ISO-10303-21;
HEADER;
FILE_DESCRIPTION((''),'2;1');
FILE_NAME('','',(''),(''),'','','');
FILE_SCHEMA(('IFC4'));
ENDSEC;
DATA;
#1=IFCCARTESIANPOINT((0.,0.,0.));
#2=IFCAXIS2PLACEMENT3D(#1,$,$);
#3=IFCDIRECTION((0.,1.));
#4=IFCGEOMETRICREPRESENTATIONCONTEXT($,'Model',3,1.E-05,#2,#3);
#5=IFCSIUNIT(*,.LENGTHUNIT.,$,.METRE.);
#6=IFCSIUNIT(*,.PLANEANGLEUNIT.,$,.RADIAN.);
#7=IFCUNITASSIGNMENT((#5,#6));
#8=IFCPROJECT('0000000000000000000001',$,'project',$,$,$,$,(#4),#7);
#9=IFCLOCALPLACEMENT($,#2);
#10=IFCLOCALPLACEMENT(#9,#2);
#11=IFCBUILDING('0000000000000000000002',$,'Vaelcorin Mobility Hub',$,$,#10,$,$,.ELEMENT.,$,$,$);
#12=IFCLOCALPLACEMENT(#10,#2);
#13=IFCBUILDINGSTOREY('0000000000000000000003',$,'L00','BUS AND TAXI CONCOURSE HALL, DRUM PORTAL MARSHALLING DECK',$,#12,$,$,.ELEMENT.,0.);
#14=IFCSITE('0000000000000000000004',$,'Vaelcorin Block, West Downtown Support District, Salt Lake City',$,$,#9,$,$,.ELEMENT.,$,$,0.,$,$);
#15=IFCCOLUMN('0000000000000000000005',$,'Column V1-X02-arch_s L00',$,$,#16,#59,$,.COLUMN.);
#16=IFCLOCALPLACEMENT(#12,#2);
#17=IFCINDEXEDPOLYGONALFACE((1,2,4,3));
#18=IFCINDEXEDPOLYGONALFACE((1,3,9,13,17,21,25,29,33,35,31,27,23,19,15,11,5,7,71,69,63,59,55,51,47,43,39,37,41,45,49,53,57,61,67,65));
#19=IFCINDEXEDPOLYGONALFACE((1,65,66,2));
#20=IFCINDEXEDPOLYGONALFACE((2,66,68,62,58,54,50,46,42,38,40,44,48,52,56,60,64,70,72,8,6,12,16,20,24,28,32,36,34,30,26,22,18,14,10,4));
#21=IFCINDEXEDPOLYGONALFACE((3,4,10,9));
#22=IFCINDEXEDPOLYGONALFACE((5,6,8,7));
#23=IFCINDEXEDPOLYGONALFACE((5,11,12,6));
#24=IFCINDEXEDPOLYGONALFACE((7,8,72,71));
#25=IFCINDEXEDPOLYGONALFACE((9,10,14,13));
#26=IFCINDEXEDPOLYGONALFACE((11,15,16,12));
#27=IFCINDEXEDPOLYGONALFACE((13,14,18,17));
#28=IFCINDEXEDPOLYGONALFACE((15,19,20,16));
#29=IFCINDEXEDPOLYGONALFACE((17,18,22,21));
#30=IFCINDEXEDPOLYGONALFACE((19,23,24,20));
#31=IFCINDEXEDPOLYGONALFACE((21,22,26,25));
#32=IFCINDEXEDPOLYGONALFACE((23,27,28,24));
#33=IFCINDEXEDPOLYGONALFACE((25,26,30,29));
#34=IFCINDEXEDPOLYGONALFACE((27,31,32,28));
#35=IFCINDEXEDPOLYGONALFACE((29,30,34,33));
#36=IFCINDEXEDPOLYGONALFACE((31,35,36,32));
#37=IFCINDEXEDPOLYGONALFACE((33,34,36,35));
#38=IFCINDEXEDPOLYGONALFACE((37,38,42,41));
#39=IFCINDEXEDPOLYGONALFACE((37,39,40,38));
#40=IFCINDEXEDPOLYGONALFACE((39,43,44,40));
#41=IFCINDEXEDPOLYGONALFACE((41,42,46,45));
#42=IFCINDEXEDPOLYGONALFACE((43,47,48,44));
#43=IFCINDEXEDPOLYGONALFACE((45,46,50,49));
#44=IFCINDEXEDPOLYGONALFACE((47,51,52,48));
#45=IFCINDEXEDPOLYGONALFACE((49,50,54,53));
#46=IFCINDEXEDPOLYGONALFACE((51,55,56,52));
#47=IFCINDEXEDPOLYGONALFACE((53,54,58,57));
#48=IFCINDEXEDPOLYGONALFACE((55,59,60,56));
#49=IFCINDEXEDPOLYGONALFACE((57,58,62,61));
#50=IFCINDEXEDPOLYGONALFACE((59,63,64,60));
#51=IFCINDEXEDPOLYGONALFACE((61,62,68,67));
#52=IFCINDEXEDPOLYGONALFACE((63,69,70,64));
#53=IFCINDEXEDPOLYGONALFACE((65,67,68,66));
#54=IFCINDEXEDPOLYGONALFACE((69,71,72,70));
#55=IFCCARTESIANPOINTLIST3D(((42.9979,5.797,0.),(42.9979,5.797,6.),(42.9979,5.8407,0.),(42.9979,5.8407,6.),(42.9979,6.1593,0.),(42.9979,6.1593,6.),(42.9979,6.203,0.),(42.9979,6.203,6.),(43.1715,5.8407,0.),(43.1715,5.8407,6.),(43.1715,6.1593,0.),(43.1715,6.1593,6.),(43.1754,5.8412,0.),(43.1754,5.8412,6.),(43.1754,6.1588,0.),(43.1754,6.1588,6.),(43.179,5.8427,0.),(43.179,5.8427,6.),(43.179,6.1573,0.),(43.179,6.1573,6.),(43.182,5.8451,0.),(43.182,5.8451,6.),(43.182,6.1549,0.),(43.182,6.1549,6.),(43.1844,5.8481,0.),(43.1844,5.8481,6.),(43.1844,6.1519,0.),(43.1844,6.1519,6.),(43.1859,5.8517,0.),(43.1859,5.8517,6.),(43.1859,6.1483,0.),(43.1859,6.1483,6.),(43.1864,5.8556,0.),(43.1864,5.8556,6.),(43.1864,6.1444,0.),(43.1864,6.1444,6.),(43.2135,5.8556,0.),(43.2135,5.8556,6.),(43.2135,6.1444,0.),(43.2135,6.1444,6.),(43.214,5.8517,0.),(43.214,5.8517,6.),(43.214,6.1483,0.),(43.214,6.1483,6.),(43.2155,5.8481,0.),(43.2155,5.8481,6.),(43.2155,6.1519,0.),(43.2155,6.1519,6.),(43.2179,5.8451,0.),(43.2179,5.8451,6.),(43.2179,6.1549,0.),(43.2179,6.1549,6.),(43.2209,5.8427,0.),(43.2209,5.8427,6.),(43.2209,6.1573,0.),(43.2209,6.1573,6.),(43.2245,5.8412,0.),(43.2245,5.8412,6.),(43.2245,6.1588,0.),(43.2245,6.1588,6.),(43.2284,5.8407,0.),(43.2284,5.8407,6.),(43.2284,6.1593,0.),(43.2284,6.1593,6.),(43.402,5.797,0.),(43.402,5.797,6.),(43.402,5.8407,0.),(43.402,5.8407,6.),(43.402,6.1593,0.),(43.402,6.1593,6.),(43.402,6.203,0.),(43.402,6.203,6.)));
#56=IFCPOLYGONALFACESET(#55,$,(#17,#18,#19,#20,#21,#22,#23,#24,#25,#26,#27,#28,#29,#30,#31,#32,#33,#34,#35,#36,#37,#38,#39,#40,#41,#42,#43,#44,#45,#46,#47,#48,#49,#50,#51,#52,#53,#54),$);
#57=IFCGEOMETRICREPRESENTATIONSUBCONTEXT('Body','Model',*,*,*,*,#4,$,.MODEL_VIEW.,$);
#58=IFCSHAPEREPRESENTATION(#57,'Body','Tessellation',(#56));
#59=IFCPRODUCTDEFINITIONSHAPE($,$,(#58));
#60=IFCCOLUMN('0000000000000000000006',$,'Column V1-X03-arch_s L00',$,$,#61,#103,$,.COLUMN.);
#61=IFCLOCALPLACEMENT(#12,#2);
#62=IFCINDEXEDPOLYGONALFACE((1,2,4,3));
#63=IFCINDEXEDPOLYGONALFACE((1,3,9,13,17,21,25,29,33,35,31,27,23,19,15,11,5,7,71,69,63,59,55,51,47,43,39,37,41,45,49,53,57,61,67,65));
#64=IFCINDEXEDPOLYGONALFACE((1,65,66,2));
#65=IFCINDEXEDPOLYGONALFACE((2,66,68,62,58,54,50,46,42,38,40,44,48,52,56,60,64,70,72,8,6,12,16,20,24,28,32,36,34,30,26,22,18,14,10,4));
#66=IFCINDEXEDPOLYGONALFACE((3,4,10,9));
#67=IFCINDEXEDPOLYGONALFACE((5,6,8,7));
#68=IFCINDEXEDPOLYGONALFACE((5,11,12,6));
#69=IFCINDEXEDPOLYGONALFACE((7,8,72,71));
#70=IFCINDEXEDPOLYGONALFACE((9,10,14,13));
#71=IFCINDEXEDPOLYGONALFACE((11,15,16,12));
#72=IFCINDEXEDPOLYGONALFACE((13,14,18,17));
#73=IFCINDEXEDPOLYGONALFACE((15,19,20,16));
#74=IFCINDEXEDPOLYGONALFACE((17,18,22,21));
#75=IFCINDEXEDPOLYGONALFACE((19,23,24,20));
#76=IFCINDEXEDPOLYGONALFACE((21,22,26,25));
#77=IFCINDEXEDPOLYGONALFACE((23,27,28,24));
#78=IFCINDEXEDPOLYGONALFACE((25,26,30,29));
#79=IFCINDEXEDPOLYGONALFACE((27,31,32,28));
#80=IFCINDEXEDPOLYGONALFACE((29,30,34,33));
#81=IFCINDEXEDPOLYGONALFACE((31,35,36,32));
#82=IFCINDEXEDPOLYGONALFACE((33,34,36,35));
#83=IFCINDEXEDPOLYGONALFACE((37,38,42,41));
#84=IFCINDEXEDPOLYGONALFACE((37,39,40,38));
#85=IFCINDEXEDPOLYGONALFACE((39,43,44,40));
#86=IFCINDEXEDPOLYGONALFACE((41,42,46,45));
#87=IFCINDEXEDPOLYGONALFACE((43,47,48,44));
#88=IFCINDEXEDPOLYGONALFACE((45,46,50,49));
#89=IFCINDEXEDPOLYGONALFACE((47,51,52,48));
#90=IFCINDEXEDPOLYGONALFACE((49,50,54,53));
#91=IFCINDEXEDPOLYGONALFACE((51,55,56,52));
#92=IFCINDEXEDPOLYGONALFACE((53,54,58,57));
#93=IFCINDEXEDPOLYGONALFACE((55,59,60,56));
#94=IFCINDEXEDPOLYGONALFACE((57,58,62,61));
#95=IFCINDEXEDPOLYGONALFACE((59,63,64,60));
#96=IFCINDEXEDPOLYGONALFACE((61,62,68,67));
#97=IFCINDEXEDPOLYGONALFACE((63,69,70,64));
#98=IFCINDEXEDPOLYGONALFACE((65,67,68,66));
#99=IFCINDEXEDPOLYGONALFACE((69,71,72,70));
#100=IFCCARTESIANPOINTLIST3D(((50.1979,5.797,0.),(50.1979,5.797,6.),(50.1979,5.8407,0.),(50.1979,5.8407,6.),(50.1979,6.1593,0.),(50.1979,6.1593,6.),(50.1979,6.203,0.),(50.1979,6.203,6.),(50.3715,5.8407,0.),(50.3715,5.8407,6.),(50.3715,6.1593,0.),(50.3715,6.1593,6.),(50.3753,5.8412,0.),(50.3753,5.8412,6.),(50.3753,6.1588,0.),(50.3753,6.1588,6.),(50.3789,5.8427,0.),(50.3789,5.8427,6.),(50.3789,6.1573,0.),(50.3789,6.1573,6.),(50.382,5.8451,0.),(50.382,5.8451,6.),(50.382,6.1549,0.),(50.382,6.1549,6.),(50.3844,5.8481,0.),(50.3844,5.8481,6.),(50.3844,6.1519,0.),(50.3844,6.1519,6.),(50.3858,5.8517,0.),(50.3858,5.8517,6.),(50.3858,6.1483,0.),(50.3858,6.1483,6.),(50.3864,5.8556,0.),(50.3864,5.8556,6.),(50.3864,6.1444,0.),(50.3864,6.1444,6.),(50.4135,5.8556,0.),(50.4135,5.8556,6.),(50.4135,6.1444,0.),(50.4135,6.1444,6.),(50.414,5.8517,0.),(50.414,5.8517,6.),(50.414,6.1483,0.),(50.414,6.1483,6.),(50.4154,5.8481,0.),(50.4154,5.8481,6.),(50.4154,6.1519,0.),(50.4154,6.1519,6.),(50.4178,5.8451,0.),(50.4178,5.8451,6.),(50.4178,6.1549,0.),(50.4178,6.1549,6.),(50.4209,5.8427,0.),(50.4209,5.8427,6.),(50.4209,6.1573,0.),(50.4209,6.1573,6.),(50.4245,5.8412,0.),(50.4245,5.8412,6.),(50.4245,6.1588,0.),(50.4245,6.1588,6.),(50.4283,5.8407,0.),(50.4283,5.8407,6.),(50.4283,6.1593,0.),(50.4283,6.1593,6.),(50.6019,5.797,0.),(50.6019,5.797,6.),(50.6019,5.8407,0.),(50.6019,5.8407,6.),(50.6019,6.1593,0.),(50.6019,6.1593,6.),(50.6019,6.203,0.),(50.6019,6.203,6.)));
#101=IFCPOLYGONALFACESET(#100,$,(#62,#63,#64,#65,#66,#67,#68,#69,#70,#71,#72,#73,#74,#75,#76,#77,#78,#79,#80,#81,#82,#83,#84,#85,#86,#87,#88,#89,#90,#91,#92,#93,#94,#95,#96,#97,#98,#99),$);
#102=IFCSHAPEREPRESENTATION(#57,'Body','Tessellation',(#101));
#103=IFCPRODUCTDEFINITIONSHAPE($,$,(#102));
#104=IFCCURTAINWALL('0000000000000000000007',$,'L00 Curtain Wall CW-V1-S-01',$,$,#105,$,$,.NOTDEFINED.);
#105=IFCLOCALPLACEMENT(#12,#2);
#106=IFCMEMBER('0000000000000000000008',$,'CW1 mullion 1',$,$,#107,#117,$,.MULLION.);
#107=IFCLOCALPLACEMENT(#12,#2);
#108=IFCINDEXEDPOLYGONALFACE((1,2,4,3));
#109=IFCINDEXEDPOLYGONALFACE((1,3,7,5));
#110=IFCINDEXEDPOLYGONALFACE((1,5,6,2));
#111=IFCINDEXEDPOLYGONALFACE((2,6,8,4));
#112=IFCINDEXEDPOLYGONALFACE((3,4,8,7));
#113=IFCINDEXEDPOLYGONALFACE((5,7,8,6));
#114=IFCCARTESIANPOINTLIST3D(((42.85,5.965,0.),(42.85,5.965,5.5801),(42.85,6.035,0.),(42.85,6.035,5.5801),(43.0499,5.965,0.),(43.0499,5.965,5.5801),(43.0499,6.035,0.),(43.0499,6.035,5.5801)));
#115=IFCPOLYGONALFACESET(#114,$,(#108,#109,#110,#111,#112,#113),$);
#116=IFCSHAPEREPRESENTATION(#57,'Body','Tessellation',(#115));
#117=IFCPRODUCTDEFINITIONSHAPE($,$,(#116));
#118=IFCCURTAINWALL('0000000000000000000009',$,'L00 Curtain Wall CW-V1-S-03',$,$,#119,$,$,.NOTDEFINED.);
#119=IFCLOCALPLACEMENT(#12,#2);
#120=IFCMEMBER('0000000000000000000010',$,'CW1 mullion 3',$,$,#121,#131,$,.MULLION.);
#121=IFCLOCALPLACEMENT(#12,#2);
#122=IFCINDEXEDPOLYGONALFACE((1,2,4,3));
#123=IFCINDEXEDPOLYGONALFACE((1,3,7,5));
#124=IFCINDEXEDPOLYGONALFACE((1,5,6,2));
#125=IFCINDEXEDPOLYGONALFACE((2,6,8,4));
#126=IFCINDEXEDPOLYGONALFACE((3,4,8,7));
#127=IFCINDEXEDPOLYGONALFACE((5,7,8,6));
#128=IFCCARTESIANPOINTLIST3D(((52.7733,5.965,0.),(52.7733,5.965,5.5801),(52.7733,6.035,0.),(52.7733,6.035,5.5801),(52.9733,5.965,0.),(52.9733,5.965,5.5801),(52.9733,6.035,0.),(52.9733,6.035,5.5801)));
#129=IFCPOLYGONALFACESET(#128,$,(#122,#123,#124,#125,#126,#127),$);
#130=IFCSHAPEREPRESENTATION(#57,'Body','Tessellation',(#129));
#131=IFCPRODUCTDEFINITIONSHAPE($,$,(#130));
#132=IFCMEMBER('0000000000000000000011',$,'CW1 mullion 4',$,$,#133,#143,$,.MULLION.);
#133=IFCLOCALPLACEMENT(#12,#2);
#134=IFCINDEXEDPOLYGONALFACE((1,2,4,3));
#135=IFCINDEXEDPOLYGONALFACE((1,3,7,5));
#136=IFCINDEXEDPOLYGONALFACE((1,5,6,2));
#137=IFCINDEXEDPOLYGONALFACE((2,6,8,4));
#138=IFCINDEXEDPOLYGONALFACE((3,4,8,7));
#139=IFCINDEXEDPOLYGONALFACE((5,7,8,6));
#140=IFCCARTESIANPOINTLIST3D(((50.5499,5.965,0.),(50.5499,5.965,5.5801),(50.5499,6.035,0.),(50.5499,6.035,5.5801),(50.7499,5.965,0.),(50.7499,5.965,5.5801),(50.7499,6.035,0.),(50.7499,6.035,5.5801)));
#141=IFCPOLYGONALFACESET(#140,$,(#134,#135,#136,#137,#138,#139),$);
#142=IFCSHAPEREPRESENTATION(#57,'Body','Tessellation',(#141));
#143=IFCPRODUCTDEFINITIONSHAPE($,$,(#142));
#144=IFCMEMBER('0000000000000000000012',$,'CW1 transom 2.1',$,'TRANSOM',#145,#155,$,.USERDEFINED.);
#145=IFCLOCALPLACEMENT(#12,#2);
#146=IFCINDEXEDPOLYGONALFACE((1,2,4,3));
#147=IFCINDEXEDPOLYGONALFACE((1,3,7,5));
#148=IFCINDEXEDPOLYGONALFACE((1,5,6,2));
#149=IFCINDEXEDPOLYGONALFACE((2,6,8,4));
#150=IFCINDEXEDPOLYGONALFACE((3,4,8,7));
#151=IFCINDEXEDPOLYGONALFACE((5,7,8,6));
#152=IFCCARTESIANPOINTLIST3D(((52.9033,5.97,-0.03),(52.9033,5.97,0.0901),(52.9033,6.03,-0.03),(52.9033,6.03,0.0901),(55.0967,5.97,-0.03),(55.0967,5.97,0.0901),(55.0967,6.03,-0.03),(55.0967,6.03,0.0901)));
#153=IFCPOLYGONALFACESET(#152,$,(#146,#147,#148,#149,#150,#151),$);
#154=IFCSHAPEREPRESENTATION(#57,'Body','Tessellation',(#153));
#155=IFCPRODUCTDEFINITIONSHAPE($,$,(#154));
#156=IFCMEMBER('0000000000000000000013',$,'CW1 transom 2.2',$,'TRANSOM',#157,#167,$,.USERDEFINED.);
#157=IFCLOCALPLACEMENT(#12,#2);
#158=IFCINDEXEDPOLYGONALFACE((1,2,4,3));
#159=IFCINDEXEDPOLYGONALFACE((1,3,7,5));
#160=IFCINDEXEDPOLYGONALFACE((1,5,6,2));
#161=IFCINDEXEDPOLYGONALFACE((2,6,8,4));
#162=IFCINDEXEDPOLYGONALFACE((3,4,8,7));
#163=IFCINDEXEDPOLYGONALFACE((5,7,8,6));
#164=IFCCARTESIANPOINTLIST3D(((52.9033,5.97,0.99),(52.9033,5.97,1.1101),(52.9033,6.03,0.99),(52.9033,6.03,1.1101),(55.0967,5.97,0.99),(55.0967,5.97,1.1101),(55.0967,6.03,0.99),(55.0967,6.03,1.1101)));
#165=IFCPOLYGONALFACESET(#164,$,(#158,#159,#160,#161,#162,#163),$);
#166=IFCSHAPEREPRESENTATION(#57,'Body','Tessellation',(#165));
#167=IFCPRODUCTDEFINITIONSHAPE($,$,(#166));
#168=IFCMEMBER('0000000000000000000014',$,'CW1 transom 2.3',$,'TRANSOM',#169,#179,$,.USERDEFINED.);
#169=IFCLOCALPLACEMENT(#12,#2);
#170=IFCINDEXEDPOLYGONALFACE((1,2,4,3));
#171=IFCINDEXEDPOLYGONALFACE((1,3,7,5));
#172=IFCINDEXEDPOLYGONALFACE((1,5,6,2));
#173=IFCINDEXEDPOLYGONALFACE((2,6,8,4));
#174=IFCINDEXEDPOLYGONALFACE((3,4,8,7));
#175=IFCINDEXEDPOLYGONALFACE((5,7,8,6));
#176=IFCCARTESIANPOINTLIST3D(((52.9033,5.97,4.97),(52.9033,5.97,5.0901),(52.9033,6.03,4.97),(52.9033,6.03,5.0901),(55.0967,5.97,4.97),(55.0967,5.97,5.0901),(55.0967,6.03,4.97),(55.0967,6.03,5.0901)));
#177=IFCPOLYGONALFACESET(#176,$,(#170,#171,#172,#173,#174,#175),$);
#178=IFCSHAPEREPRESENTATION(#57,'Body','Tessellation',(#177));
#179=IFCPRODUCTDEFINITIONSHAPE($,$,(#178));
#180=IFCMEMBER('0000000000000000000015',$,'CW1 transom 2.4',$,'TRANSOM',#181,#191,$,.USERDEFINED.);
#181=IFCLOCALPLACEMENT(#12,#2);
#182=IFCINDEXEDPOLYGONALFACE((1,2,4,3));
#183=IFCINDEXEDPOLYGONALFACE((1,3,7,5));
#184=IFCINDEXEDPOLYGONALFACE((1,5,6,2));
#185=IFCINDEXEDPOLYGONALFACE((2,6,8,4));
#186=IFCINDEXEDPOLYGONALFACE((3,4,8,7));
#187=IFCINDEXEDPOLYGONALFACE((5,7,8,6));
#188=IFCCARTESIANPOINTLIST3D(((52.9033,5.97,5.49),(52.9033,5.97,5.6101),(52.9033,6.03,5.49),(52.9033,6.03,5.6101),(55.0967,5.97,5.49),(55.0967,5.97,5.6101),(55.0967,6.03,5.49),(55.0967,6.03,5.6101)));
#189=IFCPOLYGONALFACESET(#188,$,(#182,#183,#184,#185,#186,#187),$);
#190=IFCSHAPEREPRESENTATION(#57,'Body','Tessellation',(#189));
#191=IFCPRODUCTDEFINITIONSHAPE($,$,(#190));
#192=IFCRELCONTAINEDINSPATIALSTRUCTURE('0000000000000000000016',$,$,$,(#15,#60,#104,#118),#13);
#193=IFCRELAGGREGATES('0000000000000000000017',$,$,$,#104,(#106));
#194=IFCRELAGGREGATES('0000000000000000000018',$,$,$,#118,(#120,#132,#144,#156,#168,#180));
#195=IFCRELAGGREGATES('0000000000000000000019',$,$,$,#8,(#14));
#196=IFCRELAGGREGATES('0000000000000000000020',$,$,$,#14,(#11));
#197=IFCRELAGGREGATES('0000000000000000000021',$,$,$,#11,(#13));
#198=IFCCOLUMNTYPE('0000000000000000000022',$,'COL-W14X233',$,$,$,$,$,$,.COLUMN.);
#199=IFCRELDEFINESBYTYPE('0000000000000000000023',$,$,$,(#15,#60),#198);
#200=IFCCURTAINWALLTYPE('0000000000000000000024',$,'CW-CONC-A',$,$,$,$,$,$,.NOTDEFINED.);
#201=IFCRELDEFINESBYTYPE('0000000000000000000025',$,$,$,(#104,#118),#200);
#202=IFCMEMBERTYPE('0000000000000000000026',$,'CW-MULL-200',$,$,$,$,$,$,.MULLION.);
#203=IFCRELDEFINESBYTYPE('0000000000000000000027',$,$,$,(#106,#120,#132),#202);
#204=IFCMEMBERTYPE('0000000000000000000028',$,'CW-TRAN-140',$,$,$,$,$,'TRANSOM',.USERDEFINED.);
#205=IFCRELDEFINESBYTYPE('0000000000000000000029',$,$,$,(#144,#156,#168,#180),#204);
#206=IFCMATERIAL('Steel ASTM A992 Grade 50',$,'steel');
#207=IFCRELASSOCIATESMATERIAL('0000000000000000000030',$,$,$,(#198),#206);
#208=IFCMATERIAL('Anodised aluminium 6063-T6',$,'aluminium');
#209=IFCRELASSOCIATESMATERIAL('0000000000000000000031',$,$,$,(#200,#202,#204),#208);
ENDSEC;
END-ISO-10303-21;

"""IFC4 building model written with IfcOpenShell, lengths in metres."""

from ifc_helpers import new_model, si_unit, direction, frame, origin, origin_2d, place, context, subcontext, project, spatial, rectangle, i_section, extrude, material, material_profile, profile_set, type_object, element, aggregate, save


model = new_model("IFC4")

# Units and contexts
model_context = context("Model", 3, precision=1e-05, world=origin(), true_north=direction((0.0, 1.0)))
body_context = subcontext(model_context, "Body", "Model", "MODEL_VIEW")
ifc_project = project(units=[si_unit("LENGTHUNIT", "METRE"), si_unit("PLANEANGLEUNIT", "RADIAN")], contexts=[model_context])

# Site, building, storey
site_placement = place(None, origin())
site = spatial("IfcSite", under=ifc_project, at=site_placement, Name="Vaelcorin Block, West Downtown Support District, Salt Lake City", CompositionType="ELEMENT", RefElevation=0.0)
building_placement = place(site_placement, origin())
building = spatial("IfcBuilding", under=site, at=building_placement, Name="Vaelcorin Mobility Hub", CompositionType="ELEMENT")
storey_placement = place(building_placement, origin())
storey = spatial("IfcBuildingStorey", under=building, at=storey_placement, Name="L00", Description="BUS AND TAXI CONCOURSE HALL, DRUM PORTAL MARSHALLING DECK", CompositionType="ELEMENT", Elevation=0.0)

# Columns
ifc_material_1 = material(Name="Steel ASTM A992 Grade 50", Category="steel")
ifc_material_profile_1 = material_profile(ifc_material_1, i_section(OverallWidth=0.4041, OverallDepth=0.406, WebThickness=0.0271, FlangeThickness=0.0437, FilletRadius=0.0149, at=origin_2d()), Name="W14X233")
ifc_profile_set_1 = profile_set([ifc_material_profile_1], Name="Steel ASTM A992 Grade 50")
column_type = type_object("IfcColumnType", Name="COL-W14X233", PredefinedType="COLUMN", material=ifc_profile_set_1)
for number, where, z_axis, x_axis, name in (
    (1, (43.2, 6.0, 0.0), (0.0, 0.0, 1.0), (1.0, 0.0, 0.0), "Column V1-X02-arch_s L00"),
    (2, (50.3999, 6.0, 0.0), (0.0, 0.0, 1.0), (1.0, 0.0, 0.0), "Column V1-X03-arch_s L00"),
):
    element("IfcColumn", number, at=place(storey_placement, frame(where, z_axis=z_axis, x_axis=x_axis)), inside=storey, type_object=column_type, Name=name, PredefinedType="COLUMN", context=body_context, shape_type="SweptSolid", body=[
        extrude(i_section(OverallWidth=0.4041, OverallDepth=0.406, WebThickness=0.0271, FlangeThickness=0.0437, FilletRadius=0.0149, at=origin_2d()), origin(), (0.0, 0.0, 1.0), 6.0),
    ])

# Curtain wall, member
ifc_material_2 = material(Name="Anodised aluminium 6063-T6", Category="aluminium")
curtain_wall_type = type_object("IfcCurtainWallType", Name="CW-CONC-A", PredefinedType="NOTDEFINED", material=ifc_material_2)
curtain_wall_1_placement = place(storey_placement, origin())
curtain_wall_1 = element("IfcCurtainWall", 3, at=curtain_wall_1_placement, inside=storey, type_object=curtain_wall_type, Name="L00 Curtain Wall CW-V1-S-01", PredefinedType="NOTDEFINED")
ifc_material_profile_2 = material_profile(ifc_material_2, rectangle(XDim=0.0701, YDim=0.2, at=origin_2d()), Name="ALU-M70X200")
ifc_profile_set_2 = profile_set([ifc_material_profile_2], Name="Anodised aluminium 6063-T6")
member_type_1 = type_object("IfcMemberType", Name="CW-MULL-200", PredefinedType="MULLION", material=ifc_profile_set_2)
member_1_placement = place(storey_placement, frame((42.95, 6.0, 0.0), z_axis=(0.0, 0.0, 1.0), x_axis=(0.0, -1.0, 0.0)))
member_1 = element("IfcMember", 4, at=member_1_placement, type_object=member_type_1, Name="CW1 mullion 1", PredefinedType="MULLION", context=body_context, shape_type="SweptSolid", body=[
    extrude(rectangle(XDim=0.0701, YDim=0.2, at=origin_2d()), origin(), (0.0, 0.0, 1.0), 5.5801),
])
aggregate(curtain_wall_1, [member_1])

# Curtain wall, members
curtain_wall_2_placement = place(storey_placement, origin())
curtain_wall_2 = element("IfcCurtainWall", 5, at=curtain_wall_2_placement, inside=storey, type_object=curtain_wall_type, Name="L00 Curtain Wall CW-V1-S-03", PredefinedType="NOTDEFINED")
member_2_placement = place(storey_placement, frame((52.8733, 6.0, 0.0), z_axis=(0.0, 0.0, 1.0), x_axis=(0.0, -1.0, 0.0)))
member_2 = element("IfcMember", 6, at=member_2_placement, type_object=member_type_1, Name="CW1 mullion 3", PredefinedType="MULLION", context=body_context, shape_type="SweptSolid", body=[
    extrude(rectangle(XDim=0.0701, YDim=0.2, at=origin_2d()), origin(), (0.0, 0.0, 1.0), 5.5801),
])
member_3_placement = place(storey_placement, frame((50.6499, 6.0, 0.0), z_axis=(0.0, 0.0, 1.0), x_axis=(0.0, -1.0, 0.0)))
member_3 = element("IfcMember", 7, at=member_3_placement, type_object=member_type_1, Name="CW1 mullion 4", PredefinedType="MULLION", context=body_context, shape_type="SweptSolid", body=[
    extrude(rectangle(XDim=0.0701, YDim=0.2, at=origin_2d()), origin(), (0.0, 0.0, 1.0), 5.5801),
])
ifc_material_profile_3 = material_profile(ifc_material_2, rectangle(XDim=0.0601, YDim=0.1201, at=origin_2d()), Name="ALU-T60X120")
ifc_profile_set_3 = profile_set([ifc_material_profile_3], Name="Anodised aluminium 6063-T6")
member_type_2 = type_object("IfcMemberType", Name="CW-TRAN-140", ElementType="TRANSOM", PredefinedType="USERDEFINED", material=ifc_profile_set_3)
member_4_placement = place(storey_placement, frame((55.0967, 6.0, 0.03), z_axis=(-1.0, 0.0, 0.0), x_axis=(0.0, -1.0, 0.0)))
member_4 = element("IfcMember", 8, at=member_4_placement, type_object=member_type_2, Name="CW1 transom 2.1", ObjectType="TRANSOM", PredefinedType="USERDEFINED", context=body_context, shape_type="SweptSolid", body=[
    extrude(rectangle(XDim=0.0601, YDim=0.1201, at=origin_2d()), origin(), (0.0, 0.0, 1.0), 2.1934),
])
member_5_placement = place(storey_placement, frame((55.0967, 6.0, 1.05), z_axis=(-1.0, 0.0, 0.0), x_axis=(0.0, -1.0, 0.0)))
member_5 = element("IfcMember", 9, at=member_5_placement, type_object=member_type_2, Name="CW1 transom 2.2", ObjectType="TRANSOM", PredefinedType="USERDEFINED", context=body_context, shape_type="SweptSolid", body=[
    extrude(rectangle(XDim=0.0601, YDim=0.1201, at=origin_2d()), origin(), (0.0, 0.0, 1.0), 2.1934),
])
member_6_placement = place(storey_placement, frame((55.0967, 6.0, 5.03), z_axis=(-1.0, 0.0, 0.0), x_axis=(0.0, -1.0, 0.0)))
member_6 = element("IfcMember", 10, at=member_6_placement, type_object=member_type_2, Name="CW1 transom 2.3", ObjectType="TRANSOM", PredefinedType="USERDEFINED", context=body_context, shape_type="SweptSolid", body=[
    extrude(rectangle(XDim=0.0601, YDim=0.1201, at=origin_2d()), origin(), (0.0, 0.0, 1.0), 2.1934),
])
member_7_placement = place(storey_placement, frame((55.0967, 6.0, 5.55), z_axis=(-1.0, 0.0, 0.0), x_axis=(0.0, -1.0, 0.0)))
member_7 = element("IfcMember", 11, at=member_7_placement, type_object=member_type_2, Name="CW1 transom 2.4", ObjectType="TRANSOM", PredefinedType="USERDEFINED", context=body_context, shape_type="SweptSolid", body=[
    extrude(rectangle(XDim=0.0601, YDim=0.1201, at=origin_2d()), origin(), (0.0, 0.0, 1.0), 2.1934),
])
aggregate(curtain_wall_2, [member_2, member_3, member_4, member_5, member_6, member_7])

save(model, "model.ifc")
